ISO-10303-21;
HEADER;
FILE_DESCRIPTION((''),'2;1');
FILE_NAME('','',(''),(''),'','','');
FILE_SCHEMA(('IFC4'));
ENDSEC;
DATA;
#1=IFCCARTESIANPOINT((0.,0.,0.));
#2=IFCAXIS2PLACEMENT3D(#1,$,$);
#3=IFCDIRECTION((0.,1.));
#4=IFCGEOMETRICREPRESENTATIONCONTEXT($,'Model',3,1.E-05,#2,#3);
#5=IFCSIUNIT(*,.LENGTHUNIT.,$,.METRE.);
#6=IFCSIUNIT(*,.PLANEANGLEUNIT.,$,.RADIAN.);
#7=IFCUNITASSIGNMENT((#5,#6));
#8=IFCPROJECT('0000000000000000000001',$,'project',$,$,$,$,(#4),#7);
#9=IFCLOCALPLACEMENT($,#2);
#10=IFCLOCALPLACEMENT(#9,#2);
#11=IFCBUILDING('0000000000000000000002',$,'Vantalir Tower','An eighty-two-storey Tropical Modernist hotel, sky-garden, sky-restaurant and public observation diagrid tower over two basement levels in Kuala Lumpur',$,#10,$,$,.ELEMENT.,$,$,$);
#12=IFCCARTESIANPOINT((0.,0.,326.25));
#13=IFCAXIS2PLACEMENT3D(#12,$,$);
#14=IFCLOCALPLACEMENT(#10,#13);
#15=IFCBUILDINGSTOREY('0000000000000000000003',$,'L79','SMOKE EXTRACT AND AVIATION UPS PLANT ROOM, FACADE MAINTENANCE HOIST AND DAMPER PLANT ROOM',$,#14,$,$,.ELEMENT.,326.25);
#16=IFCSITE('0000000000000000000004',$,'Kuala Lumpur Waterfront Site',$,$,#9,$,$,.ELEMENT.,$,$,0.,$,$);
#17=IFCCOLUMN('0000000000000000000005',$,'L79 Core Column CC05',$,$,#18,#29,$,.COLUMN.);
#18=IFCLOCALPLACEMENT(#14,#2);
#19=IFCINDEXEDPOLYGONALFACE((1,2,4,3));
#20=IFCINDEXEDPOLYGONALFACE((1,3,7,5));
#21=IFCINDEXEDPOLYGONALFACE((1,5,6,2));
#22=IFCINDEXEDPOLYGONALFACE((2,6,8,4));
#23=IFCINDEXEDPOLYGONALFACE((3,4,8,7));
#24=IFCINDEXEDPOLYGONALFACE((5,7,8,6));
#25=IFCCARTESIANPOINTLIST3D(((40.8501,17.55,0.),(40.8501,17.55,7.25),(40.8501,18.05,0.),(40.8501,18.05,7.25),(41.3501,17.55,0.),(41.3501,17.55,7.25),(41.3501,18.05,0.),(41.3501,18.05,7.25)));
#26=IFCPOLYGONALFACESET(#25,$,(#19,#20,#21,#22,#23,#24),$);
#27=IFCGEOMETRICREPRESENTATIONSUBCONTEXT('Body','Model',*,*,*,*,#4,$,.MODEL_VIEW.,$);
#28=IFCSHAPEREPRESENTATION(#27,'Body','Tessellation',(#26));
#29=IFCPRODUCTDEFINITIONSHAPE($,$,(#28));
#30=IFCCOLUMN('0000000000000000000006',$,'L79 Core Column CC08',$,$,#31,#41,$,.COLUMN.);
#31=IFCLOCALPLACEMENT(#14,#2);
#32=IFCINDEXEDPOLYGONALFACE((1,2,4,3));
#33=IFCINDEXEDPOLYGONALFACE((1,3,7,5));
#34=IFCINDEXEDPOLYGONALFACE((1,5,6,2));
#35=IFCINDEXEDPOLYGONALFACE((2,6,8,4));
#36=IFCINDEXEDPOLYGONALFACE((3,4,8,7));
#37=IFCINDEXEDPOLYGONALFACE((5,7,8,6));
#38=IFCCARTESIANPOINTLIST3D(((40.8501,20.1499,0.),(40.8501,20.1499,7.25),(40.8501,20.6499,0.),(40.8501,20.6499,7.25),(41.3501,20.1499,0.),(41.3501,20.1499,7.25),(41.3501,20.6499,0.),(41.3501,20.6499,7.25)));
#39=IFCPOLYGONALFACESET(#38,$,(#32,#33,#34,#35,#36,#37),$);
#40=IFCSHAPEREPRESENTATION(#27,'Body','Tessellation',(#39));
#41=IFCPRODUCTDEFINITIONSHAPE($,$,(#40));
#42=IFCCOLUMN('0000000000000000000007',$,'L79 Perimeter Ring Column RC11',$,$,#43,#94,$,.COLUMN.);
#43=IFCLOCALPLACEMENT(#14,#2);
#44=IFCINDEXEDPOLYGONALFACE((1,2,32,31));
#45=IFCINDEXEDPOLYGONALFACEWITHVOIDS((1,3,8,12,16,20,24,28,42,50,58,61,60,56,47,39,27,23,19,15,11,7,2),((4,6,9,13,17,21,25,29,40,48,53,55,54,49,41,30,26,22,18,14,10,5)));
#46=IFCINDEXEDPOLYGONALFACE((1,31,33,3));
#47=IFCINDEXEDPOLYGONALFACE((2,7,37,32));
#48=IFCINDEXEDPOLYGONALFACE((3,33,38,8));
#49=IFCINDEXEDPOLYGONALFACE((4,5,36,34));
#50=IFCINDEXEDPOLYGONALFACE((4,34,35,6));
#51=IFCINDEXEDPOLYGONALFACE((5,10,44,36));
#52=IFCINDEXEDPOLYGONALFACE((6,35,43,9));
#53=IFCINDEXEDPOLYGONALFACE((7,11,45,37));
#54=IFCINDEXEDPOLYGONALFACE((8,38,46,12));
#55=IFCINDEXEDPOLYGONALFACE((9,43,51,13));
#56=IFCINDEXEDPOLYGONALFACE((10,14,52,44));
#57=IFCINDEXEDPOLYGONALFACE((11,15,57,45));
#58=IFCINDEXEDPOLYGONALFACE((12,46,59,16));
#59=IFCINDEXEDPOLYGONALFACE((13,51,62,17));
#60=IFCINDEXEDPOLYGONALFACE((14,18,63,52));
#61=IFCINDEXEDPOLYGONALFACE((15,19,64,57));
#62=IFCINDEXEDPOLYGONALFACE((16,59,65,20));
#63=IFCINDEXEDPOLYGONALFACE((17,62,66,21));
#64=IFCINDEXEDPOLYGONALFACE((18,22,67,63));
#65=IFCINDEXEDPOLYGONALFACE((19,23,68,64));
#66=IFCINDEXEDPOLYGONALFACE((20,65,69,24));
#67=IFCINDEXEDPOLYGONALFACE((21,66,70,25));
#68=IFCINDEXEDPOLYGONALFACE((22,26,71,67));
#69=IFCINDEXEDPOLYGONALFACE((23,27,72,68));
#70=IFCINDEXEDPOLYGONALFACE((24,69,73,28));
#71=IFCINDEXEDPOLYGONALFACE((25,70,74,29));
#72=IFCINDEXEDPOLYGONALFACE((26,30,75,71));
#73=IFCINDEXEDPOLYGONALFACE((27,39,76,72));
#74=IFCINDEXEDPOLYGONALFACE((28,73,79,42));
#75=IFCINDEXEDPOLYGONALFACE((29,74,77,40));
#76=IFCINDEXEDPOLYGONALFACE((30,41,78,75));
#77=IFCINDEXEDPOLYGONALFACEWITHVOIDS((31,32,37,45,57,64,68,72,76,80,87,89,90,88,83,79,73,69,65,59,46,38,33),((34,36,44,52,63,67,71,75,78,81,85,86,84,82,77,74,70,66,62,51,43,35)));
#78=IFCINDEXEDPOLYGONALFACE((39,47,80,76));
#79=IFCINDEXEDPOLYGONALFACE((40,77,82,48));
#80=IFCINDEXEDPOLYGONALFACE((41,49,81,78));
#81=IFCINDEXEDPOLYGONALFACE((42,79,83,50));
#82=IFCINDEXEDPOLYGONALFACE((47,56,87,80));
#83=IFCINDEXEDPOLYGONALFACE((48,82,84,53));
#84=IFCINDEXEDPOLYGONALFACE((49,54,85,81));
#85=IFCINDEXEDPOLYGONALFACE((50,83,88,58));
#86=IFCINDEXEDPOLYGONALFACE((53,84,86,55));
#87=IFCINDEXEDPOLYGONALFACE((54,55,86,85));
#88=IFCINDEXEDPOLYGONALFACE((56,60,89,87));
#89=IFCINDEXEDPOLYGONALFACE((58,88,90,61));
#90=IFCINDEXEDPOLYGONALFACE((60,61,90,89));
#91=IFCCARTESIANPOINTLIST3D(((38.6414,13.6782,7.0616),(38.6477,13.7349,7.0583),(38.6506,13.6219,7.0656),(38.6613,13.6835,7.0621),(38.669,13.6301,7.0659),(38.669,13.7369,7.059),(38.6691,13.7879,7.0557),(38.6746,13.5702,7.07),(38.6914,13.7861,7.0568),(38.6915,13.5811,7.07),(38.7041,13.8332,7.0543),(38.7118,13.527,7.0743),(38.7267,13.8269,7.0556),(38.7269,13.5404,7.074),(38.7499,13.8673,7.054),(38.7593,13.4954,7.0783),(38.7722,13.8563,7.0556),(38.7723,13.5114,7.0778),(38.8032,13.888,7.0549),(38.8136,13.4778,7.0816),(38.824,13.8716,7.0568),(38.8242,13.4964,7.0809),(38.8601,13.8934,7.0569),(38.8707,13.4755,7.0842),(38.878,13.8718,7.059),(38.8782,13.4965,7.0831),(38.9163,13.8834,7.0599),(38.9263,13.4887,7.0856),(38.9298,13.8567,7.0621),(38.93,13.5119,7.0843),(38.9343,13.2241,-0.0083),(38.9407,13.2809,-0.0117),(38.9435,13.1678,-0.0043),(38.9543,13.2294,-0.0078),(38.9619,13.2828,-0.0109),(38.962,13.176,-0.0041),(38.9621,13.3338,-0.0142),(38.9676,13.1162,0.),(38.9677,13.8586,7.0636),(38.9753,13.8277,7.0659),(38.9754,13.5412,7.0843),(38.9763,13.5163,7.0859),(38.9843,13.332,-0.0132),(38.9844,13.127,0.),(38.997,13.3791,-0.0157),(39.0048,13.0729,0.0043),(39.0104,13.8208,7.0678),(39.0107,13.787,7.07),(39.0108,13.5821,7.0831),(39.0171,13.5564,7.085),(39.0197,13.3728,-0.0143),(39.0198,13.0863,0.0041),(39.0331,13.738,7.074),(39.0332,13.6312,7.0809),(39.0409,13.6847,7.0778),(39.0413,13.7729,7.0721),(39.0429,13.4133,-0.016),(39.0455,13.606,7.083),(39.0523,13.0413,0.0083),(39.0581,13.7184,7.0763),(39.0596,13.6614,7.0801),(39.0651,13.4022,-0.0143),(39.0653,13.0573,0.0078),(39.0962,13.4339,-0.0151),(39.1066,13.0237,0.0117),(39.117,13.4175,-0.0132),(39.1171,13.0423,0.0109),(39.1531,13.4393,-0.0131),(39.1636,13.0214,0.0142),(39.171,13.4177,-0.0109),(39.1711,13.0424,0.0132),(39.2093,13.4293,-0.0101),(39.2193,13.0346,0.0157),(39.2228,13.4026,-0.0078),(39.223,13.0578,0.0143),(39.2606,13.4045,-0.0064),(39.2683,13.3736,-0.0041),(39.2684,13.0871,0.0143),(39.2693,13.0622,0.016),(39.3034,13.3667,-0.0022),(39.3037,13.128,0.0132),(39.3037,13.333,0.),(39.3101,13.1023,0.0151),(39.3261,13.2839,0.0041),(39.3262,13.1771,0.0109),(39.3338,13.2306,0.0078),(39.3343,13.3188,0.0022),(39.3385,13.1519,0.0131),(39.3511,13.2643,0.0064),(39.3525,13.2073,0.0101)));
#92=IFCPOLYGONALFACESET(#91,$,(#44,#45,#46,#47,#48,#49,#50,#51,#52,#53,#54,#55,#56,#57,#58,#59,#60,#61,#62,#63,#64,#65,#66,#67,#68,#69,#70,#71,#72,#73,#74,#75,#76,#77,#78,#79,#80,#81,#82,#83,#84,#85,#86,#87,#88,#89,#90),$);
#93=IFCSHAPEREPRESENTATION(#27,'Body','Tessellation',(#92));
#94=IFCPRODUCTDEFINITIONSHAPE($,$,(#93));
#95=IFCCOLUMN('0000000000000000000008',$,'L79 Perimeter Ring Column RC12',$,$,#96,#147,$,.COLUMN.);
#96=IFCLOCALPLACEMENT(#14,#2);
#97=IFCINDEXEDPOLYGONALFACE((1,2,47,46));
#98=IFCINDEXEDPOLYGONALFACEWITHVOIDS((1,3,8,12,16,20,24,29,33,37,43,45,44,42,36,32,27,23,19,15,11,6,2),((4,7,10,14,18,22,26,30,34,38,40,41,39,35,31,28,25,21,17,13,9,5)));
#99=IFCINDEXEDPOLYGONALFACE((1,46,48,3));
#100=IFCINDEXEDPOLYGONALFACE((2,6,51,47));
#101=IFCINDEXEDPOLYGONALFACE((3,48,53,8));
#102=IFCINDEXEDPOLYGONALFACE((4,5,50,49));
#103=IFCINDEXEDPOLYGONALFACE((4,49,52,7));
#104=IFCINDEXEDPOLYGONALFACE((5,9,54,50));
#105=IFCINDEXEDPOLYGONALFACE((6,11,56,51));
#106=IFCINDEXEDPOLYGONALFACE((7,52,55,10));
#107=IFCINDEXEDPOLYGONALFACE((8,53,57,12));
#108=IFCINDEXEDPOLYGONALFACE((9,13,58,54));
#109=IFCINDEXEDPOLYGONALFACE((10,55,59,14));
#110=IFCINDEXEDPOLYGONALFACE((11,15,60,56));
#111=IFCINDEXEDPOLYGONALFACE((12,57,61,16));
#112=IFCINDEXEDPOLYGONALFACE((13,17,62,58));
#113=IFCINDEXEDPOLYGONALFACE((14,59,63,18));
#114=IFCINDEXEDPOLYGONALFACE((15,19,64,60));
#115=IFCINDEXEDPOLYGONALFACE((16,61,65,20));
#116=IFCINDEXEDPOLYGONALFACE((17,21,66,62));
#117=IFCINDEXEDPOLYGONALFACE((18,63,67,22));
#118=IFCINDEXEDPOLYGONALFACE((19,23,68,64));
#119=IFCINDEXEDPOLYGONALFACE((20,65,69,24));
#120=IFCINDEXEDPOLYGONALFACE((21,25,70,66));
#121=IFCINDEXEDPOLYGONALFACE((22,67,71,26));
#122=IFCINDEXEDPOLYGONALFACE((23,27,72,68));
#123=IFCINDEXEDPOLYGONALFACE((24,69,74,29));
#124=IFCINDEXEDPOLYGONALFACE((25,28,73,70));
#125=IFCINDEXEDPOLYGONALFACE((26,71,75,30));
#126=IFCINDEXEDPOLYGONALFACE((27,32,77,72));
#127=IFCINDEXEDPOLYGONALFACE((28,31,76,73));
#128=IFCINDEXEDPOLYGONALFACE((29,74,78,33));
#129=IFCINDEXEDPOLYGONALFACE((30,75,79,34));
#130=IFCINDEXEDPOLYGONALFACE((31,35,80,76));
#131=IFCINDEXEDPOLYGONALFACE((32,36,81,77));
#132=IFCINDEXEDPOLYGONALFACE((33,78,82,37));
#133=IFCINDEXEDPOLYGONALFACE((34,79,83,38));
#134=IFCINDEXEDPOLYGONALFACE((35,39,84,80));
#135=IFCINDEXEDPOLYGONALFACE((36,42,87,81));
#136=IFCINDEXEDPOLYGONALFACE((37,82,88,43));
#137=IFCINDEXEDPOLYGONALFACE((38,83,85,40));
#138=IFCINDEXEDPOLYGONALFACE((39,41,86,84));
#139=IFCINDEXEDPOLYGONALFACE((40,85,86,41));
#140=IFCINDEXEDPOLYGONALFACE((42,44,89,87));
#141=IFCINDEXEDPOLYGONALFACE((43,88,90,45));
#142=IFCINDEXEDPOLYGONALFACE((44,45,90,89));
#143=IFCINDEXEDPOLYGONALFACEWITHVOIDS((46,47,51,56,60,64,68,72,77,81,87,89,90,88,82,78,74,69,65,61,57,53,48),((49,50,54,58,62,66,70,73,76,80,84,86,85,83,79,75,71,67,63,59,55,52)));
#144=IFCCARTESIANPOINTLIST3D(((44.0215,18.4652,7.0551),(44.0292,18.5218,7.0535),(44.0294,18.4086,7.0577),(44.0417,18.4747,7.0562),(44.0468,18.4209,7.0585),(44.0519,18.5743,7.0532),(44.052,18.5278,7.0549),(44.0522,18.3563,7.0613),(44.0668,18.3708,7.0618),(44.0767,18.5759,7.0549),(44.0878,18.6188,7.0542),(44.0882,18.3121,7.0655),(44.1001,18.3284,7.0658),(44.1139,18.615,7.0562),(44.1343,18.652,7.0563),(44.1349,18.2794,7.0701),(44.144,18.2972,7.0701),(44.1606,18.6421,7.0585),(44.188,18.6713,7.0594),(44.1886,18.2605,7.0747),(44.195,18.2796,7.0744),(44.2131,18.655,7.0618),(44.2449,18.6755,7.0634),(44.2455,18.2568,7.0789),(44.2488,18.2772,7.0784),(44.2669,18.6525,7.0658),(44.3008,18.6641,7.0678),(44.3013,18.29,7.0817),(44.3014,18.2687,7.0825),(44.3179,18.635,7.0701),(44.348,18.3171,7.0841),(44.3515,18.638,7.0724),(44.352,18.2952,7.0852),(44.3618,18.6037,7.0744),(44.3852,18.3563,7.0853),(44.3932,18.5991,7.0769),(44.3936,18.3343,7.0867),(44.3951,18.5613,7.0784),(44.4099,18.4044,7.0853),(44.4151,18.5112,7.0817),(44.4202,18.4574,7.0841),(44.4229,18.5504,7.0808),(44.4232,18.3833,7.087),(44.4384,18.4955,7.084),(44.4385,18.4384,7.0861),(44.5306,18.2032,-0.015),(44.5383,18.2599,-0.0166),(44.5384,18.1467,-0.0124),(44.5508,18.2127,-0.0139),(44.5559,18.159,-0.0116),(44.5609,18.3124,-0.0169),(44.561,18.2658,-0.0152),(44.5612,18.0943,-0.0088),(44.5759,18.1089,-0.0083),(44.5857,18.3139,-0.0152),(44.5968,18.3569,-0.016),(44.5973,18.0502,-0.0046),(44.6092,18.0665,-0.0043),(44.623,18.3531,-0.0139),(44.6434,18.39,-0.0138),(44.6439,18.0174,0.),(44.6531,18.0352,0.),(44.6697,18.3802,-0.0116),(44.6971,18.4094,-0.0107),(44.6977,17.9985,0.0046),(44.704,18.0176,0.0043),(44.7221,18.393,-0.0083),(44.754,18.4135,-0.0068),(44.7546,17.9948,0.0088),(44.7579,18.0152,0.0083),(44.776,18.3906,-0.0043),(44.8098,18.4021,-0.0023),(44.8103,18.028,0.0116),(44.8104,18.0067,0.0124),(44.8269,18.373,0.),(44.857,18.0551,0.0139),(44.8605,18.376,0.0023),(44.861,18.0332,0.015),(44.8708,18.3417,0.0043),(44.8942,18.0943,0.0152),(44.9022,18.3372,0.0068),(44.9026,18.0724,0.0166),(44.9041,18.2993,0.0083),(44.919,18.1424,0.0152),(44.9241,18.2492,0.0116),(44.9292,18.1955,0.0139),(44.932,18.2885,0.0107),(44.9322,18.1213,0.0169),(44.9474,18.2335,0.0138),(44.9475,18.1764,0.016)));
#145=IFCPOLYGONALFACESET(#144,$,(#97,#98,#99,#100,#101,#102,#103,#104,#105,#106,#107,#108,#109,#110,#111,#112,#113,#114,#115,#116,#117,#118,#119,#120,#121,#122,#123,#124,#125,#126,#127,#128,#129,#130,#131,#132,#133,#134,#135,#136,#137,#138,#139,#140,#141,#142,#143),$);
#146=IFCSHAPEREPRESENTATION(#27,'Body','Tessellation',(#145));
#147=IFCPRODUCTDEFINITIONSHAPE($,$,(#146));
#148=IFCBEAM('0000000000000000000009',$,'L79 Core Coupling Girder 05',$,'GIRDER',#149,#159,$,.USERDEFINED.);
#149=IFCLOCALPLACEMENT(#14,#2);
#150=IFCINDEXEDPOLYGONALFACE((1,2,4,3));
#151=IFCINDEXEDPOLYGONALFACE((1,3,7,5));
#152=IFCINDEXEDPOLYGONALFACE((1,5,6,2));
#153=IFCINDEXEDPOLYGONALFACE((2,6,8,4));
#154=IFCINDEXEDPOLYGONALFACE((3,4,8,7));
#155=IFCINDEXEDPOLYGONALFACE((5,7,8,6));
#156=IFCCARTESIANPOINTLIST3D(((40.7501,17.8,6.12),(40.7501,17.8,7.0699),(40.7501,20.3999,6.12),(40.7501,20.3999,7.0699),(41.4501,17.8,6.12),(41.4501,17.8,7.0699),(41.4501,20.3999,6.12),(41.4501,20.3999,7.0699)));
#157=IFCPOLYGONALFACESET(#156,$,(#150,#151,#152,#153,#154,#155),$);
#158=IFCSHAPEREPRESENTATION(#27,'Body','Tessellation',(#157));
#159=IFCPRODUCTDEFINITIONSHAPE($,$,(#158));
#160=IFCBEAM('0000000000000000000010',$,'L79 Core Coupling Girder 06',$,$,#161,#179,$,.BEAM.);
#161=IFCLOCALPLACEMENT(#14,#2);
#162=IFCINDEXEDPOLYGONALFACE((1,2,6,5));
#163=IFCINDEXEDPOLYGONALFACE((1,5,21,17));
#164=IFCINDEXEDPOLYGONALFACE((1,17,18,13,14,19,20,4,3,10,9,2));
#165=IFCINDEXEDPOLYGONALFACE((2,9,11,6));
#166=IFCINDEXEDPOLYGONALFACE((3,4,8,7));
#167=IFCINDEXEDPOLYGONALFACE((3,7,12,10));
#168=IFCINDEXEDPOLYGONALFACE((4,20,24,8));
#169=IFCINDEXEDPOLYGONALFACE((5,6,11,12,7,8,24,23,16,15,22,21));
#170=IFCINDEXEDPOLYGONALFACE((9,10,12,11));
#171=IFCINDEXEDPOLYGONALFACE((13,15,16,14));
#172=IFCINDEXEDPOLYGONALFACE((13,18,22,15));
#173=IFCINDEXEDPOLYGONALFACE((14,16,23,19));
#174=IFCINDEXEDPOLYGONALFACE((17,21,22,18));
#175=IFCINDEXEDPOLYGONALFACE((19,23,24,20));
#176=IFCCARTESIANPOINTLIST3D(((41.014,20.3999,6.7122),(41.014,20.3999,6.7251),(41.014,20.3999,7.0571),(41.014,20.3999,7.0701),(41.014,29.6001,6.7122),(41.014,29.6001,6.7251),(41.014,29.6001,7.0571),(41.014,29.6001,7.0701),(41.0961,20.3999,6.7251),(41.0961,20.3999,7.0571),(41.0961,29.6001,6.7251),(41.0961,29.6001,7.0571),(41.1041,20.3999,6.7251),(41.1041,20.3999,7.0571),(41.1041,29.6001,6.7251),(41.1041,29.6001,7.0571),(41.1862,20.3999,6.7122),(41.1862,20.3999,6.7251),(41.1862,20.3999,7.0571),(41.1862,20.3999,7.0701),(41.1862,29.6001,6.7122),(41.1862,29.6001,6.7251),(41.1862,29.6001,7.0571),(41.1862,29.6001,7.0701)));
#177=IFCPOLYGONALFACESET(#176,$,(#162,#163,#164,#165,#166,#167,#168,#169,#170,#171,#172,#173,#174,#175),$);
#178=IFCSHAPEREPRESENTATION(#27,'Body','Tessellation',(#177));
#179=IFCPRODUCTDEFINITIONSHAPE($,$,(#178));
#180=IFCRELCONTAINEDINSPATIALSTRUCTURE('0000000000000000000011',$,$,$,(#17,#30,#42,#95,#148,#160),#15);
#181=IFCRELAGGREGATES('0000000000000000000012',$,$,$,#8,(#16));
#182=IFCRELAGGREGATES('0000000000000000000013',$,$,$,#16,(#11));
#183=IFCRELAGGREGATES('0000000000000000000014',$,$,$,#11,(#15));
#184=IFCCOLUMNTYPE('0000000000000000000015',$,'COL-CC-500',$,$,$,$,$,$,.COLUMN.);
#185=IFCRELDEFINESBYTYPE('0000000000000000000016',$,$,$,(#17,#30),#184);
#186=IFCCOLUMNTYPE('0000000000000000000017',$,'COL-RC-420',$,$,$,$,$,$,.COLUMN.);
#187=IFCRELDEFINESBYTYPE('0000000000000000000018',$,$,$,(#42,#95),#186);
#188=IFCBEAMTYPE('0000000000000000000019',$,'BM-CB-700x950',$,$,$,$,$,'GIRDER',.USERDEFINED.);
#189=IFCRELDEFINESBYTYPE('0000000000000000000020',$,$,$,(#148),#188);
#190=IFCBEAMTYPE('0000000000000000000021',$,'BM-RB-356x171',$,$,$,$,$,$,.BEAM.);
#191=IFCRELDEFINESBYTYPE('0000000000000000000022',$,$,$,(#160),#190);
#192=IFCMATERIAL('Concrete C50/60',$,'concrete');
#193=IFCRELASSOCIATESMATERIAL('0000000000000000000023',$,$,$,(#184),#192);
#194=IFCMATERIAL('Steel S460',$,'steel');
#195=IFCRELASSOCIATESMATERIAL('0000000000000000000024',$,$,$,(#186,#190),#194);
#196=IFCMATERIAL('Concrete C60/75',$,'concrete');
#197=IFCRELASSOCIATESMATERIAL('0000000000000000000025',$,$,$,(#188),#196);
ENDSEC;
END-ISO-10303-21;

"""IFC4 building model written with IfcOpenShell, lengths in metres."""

from ifc_helpers import new_model, si_unit, direction, frame, origin, origin_2d, place, context, subcontext, project, spatial, rectangle, hollow_circle, i_section, extrude, material, material_profile, profile_set, type_object, element, save


model = new_model("IFC4")

# Units and contexts
model_context = context("Model", 3, precision=1e-05, world=origin(), true_north=direction((0.0, 1.0)))
body_context = subcontext(model_context, "Body", "Model", "MODEL_VIEW")
ifc_project = project(units=[si_unit("LENGTHUNIT", "METRE"), si_unit("PLANEANGLEUNIT", "RADIAN")], contexts=[model_context])

# Site, building, storey
site_placement = place(None, origin())
site = spatial("IfcSite", under=ifc_project, at=site_placement, Name="Kuala Lumpur Waterfront Site", CompositionType="ELEMENT", RefElevation=0.0)
building_placement = place(site_placement, origin())
building = spatial("IfcBuilding", under=site, at=building_placement, Name="Vantalir Tower", Description="An eighty-two-storey Tropical Modernist hotel, sky-garden, sky-restaurant and public observation diagrid tower over two basement levels in Kuala Lumpur", CompositionType="ELEMENT")
storey_placement = place(building_placement, frame((0.0, 0.0, 326.25)))
storey = spatial("IfcBuildingStorey", under=building, at=storey_placement, Name="L79", Description="SMOKE EXTRACT AND AVIATION UPS PLANT ROOM, FACADE MAINTENANCE HOIST AND DAMPER PLANT ROOM", CompositionType="ELEMENT", Elevation=326.25)

# Columns
ifc_material_1 = material(Name="Concrete C50/60", Category="concrete")
ifc_material_profile_1 = material_profile(ifc_material_1, rectangle(XDim=0.5, YDim=0.5, at=origin_2d()), Name="Concrete C50/60")
ifc_profile_set_1 = profile_set([ifc_material_profile_1], Name="Concrete C50/60")
column_type_1 = type_object("IfcColumnType", Name="COL-CC-500", PredefinedType="COLUMN", material=ifc_profile_set_1)
for number, where, z_axis, x_axis, name in (
    (1, (41.1001, 17.8, 0.0), (0.0, 0.0, 1.0), (1.0, 0.0, 0.0), "L79 Core Column CC05"),
    (2, (41.1001, 20.3999, 0.0), (0.0, 0.0, 1.0), (1.0, 0.0, 0.0), "L79 Core Column CC08"),
):
    element("IfcColumn", number, at=place(storey_placement, frame(where, z_axis=z_axis, x_axis=x_axis)), inside=storey, type_object=column_type_1, Name=name, PredefinedType="COLUMN", context=body_context, shape_type="SweptSolid", body=[
        extrude(rectangle(XDim=0.5, YDim=0.5, at=origin_2d()), origin(), (0.0, 0.0, 1.0), 7.25),
    ])
ifc_material_2 = material(Name="Steel S460", Category="steel")
ifc_material_profile_2 = material_profile(ifc_material_2, hollow_circle(Radius=0.21, WallThickness=0.02, at=origin_2d()), Name="Steel S460")
ifc_profile_set_2 = profile_set([ifc_material_profile_2], Name="Steel S460")
column_type_2 = type_object("IfcColumnType", Name="COL-RC-420", PredefinedType="COLUMN", material=ifc_profile_set_2)
column_1_placement = place(storey_placement, frame((39.144, 13.23, 0.0), z_axis=(-0.041317, 0.064042, 0.997092), x_axis=(-0.840297, -0.542127, 0.0)))
element("IfcColumn", 3, at=column_1_placement, inside=storey, type_object=column_type_2, Name="L79 Perimeter Ring Column RC11", PredefinedType="COLUMN", context=body_context, shape_type="SweptSolid", body=[
    extrude(hollow_circle(Radius=0.21, WallThickness=0.02, at=origin_2d()), origin(), (0.0, 0.0, 1.0), 7.0906),
])
column_2_placement = place(storey_placement, frame((44.74, 18.2041, 0.0), z_axis=(-0.071763, 0.036932, 0.996738), x_axis=(-0.457589, -0.889164, 0.0)))
element("IfcColumn", 4, at=column_2_placement, inside=storey, type_object=column_type_2, Name="L79 Perimeter Ring Column RC12", PredefinedType="COLUMN", context=body_context, shape_type="SweptSolid", body=[
    extrude(hollow_circle(Radius=0.21, WallThickness=0.02, at=origin_2d()), origin(), (0.0, 0.0, 1.0), 7.0933),
])

# Beams
ifc_material_3 = material(Name="Concrete C60/75", Category="concrete")
ifc_material_profile_3 = material_profile(ifc_material_3, rectangle(XDim=0.7, YDim=0.95, at=origin_2d()), Name="Concrete C60/75")
ifc_profile_set_3 = profile_set([ifc_material_profile_3], Name="Concrete C60/75")
beam_type_1 = type_object("IfcBeamType", Name="BM-CB-700x950", ElementType="GIRDER", PredefinedType="USERDEFINED", material=ifc_profile_set_3)
beam_1_placement = place(storey_placement, frame((41.1001, 17.8, 6.595), z_axis=(0.0, 1.0, 0.0), x_axis=(-1.0, 0.0, 0.0)))
element("IfcBeam", 5, at=beam_1_placement, inside=storey, type_object=beam_type_1, Name="L79 Core Coupling Girder 05", ObjectType="GIRDER", PredefinedType="USERDEFINED", context=body_context, shape_type="SweptSolid", body=[
    extrude(rectangle(XDim=0.7, YDim=0.95, at=origin_2d()), origin(), (0.0, 0.0, 1.0), 2.5999),
])
ifc_material_profile_4 = material_profile(ifc_material_2, i_section(OverallWidth=0.1721, OverallDepth=0.3579, WebThickness=0.0081, FlangeThickness=0.0129, at=origin_2d()), Name="Steel S460")
ifc_profile_set_4 = profile_set([ifc_material_profile_4], Name="Steel S460")
beam_type_2 = type_object("IfcBeamType", Name="BM-RB-356x171", PredefinedType="BEAM", material=ifc_profile_set_4)
beam_2_placement = place(storey_placement, frame((41.1001, 20.3999, 6.8911), z_axis=(0.0, 1.0, 0.0), x_axis=(-1.0, 0.0, 0.0)))
element("IfcBeam", 6, at=beam_2_placement, inside=storey, type_object=beam_type_2, Name="L79 Core Coupling Girder 06", PredefinedType="BEAM", context=body_context, shape_type="SweptSolid", body=[
    extrude(i_section(OverallWidth=0.1721, OverallDepth=0.3579, WebThickness=0.0081, FlangeThickness=0.0129, at=origin_2d()), origin(), (0.0, 0.0, 1.0), 9.2002),
])

save(model, "model.ifc")
